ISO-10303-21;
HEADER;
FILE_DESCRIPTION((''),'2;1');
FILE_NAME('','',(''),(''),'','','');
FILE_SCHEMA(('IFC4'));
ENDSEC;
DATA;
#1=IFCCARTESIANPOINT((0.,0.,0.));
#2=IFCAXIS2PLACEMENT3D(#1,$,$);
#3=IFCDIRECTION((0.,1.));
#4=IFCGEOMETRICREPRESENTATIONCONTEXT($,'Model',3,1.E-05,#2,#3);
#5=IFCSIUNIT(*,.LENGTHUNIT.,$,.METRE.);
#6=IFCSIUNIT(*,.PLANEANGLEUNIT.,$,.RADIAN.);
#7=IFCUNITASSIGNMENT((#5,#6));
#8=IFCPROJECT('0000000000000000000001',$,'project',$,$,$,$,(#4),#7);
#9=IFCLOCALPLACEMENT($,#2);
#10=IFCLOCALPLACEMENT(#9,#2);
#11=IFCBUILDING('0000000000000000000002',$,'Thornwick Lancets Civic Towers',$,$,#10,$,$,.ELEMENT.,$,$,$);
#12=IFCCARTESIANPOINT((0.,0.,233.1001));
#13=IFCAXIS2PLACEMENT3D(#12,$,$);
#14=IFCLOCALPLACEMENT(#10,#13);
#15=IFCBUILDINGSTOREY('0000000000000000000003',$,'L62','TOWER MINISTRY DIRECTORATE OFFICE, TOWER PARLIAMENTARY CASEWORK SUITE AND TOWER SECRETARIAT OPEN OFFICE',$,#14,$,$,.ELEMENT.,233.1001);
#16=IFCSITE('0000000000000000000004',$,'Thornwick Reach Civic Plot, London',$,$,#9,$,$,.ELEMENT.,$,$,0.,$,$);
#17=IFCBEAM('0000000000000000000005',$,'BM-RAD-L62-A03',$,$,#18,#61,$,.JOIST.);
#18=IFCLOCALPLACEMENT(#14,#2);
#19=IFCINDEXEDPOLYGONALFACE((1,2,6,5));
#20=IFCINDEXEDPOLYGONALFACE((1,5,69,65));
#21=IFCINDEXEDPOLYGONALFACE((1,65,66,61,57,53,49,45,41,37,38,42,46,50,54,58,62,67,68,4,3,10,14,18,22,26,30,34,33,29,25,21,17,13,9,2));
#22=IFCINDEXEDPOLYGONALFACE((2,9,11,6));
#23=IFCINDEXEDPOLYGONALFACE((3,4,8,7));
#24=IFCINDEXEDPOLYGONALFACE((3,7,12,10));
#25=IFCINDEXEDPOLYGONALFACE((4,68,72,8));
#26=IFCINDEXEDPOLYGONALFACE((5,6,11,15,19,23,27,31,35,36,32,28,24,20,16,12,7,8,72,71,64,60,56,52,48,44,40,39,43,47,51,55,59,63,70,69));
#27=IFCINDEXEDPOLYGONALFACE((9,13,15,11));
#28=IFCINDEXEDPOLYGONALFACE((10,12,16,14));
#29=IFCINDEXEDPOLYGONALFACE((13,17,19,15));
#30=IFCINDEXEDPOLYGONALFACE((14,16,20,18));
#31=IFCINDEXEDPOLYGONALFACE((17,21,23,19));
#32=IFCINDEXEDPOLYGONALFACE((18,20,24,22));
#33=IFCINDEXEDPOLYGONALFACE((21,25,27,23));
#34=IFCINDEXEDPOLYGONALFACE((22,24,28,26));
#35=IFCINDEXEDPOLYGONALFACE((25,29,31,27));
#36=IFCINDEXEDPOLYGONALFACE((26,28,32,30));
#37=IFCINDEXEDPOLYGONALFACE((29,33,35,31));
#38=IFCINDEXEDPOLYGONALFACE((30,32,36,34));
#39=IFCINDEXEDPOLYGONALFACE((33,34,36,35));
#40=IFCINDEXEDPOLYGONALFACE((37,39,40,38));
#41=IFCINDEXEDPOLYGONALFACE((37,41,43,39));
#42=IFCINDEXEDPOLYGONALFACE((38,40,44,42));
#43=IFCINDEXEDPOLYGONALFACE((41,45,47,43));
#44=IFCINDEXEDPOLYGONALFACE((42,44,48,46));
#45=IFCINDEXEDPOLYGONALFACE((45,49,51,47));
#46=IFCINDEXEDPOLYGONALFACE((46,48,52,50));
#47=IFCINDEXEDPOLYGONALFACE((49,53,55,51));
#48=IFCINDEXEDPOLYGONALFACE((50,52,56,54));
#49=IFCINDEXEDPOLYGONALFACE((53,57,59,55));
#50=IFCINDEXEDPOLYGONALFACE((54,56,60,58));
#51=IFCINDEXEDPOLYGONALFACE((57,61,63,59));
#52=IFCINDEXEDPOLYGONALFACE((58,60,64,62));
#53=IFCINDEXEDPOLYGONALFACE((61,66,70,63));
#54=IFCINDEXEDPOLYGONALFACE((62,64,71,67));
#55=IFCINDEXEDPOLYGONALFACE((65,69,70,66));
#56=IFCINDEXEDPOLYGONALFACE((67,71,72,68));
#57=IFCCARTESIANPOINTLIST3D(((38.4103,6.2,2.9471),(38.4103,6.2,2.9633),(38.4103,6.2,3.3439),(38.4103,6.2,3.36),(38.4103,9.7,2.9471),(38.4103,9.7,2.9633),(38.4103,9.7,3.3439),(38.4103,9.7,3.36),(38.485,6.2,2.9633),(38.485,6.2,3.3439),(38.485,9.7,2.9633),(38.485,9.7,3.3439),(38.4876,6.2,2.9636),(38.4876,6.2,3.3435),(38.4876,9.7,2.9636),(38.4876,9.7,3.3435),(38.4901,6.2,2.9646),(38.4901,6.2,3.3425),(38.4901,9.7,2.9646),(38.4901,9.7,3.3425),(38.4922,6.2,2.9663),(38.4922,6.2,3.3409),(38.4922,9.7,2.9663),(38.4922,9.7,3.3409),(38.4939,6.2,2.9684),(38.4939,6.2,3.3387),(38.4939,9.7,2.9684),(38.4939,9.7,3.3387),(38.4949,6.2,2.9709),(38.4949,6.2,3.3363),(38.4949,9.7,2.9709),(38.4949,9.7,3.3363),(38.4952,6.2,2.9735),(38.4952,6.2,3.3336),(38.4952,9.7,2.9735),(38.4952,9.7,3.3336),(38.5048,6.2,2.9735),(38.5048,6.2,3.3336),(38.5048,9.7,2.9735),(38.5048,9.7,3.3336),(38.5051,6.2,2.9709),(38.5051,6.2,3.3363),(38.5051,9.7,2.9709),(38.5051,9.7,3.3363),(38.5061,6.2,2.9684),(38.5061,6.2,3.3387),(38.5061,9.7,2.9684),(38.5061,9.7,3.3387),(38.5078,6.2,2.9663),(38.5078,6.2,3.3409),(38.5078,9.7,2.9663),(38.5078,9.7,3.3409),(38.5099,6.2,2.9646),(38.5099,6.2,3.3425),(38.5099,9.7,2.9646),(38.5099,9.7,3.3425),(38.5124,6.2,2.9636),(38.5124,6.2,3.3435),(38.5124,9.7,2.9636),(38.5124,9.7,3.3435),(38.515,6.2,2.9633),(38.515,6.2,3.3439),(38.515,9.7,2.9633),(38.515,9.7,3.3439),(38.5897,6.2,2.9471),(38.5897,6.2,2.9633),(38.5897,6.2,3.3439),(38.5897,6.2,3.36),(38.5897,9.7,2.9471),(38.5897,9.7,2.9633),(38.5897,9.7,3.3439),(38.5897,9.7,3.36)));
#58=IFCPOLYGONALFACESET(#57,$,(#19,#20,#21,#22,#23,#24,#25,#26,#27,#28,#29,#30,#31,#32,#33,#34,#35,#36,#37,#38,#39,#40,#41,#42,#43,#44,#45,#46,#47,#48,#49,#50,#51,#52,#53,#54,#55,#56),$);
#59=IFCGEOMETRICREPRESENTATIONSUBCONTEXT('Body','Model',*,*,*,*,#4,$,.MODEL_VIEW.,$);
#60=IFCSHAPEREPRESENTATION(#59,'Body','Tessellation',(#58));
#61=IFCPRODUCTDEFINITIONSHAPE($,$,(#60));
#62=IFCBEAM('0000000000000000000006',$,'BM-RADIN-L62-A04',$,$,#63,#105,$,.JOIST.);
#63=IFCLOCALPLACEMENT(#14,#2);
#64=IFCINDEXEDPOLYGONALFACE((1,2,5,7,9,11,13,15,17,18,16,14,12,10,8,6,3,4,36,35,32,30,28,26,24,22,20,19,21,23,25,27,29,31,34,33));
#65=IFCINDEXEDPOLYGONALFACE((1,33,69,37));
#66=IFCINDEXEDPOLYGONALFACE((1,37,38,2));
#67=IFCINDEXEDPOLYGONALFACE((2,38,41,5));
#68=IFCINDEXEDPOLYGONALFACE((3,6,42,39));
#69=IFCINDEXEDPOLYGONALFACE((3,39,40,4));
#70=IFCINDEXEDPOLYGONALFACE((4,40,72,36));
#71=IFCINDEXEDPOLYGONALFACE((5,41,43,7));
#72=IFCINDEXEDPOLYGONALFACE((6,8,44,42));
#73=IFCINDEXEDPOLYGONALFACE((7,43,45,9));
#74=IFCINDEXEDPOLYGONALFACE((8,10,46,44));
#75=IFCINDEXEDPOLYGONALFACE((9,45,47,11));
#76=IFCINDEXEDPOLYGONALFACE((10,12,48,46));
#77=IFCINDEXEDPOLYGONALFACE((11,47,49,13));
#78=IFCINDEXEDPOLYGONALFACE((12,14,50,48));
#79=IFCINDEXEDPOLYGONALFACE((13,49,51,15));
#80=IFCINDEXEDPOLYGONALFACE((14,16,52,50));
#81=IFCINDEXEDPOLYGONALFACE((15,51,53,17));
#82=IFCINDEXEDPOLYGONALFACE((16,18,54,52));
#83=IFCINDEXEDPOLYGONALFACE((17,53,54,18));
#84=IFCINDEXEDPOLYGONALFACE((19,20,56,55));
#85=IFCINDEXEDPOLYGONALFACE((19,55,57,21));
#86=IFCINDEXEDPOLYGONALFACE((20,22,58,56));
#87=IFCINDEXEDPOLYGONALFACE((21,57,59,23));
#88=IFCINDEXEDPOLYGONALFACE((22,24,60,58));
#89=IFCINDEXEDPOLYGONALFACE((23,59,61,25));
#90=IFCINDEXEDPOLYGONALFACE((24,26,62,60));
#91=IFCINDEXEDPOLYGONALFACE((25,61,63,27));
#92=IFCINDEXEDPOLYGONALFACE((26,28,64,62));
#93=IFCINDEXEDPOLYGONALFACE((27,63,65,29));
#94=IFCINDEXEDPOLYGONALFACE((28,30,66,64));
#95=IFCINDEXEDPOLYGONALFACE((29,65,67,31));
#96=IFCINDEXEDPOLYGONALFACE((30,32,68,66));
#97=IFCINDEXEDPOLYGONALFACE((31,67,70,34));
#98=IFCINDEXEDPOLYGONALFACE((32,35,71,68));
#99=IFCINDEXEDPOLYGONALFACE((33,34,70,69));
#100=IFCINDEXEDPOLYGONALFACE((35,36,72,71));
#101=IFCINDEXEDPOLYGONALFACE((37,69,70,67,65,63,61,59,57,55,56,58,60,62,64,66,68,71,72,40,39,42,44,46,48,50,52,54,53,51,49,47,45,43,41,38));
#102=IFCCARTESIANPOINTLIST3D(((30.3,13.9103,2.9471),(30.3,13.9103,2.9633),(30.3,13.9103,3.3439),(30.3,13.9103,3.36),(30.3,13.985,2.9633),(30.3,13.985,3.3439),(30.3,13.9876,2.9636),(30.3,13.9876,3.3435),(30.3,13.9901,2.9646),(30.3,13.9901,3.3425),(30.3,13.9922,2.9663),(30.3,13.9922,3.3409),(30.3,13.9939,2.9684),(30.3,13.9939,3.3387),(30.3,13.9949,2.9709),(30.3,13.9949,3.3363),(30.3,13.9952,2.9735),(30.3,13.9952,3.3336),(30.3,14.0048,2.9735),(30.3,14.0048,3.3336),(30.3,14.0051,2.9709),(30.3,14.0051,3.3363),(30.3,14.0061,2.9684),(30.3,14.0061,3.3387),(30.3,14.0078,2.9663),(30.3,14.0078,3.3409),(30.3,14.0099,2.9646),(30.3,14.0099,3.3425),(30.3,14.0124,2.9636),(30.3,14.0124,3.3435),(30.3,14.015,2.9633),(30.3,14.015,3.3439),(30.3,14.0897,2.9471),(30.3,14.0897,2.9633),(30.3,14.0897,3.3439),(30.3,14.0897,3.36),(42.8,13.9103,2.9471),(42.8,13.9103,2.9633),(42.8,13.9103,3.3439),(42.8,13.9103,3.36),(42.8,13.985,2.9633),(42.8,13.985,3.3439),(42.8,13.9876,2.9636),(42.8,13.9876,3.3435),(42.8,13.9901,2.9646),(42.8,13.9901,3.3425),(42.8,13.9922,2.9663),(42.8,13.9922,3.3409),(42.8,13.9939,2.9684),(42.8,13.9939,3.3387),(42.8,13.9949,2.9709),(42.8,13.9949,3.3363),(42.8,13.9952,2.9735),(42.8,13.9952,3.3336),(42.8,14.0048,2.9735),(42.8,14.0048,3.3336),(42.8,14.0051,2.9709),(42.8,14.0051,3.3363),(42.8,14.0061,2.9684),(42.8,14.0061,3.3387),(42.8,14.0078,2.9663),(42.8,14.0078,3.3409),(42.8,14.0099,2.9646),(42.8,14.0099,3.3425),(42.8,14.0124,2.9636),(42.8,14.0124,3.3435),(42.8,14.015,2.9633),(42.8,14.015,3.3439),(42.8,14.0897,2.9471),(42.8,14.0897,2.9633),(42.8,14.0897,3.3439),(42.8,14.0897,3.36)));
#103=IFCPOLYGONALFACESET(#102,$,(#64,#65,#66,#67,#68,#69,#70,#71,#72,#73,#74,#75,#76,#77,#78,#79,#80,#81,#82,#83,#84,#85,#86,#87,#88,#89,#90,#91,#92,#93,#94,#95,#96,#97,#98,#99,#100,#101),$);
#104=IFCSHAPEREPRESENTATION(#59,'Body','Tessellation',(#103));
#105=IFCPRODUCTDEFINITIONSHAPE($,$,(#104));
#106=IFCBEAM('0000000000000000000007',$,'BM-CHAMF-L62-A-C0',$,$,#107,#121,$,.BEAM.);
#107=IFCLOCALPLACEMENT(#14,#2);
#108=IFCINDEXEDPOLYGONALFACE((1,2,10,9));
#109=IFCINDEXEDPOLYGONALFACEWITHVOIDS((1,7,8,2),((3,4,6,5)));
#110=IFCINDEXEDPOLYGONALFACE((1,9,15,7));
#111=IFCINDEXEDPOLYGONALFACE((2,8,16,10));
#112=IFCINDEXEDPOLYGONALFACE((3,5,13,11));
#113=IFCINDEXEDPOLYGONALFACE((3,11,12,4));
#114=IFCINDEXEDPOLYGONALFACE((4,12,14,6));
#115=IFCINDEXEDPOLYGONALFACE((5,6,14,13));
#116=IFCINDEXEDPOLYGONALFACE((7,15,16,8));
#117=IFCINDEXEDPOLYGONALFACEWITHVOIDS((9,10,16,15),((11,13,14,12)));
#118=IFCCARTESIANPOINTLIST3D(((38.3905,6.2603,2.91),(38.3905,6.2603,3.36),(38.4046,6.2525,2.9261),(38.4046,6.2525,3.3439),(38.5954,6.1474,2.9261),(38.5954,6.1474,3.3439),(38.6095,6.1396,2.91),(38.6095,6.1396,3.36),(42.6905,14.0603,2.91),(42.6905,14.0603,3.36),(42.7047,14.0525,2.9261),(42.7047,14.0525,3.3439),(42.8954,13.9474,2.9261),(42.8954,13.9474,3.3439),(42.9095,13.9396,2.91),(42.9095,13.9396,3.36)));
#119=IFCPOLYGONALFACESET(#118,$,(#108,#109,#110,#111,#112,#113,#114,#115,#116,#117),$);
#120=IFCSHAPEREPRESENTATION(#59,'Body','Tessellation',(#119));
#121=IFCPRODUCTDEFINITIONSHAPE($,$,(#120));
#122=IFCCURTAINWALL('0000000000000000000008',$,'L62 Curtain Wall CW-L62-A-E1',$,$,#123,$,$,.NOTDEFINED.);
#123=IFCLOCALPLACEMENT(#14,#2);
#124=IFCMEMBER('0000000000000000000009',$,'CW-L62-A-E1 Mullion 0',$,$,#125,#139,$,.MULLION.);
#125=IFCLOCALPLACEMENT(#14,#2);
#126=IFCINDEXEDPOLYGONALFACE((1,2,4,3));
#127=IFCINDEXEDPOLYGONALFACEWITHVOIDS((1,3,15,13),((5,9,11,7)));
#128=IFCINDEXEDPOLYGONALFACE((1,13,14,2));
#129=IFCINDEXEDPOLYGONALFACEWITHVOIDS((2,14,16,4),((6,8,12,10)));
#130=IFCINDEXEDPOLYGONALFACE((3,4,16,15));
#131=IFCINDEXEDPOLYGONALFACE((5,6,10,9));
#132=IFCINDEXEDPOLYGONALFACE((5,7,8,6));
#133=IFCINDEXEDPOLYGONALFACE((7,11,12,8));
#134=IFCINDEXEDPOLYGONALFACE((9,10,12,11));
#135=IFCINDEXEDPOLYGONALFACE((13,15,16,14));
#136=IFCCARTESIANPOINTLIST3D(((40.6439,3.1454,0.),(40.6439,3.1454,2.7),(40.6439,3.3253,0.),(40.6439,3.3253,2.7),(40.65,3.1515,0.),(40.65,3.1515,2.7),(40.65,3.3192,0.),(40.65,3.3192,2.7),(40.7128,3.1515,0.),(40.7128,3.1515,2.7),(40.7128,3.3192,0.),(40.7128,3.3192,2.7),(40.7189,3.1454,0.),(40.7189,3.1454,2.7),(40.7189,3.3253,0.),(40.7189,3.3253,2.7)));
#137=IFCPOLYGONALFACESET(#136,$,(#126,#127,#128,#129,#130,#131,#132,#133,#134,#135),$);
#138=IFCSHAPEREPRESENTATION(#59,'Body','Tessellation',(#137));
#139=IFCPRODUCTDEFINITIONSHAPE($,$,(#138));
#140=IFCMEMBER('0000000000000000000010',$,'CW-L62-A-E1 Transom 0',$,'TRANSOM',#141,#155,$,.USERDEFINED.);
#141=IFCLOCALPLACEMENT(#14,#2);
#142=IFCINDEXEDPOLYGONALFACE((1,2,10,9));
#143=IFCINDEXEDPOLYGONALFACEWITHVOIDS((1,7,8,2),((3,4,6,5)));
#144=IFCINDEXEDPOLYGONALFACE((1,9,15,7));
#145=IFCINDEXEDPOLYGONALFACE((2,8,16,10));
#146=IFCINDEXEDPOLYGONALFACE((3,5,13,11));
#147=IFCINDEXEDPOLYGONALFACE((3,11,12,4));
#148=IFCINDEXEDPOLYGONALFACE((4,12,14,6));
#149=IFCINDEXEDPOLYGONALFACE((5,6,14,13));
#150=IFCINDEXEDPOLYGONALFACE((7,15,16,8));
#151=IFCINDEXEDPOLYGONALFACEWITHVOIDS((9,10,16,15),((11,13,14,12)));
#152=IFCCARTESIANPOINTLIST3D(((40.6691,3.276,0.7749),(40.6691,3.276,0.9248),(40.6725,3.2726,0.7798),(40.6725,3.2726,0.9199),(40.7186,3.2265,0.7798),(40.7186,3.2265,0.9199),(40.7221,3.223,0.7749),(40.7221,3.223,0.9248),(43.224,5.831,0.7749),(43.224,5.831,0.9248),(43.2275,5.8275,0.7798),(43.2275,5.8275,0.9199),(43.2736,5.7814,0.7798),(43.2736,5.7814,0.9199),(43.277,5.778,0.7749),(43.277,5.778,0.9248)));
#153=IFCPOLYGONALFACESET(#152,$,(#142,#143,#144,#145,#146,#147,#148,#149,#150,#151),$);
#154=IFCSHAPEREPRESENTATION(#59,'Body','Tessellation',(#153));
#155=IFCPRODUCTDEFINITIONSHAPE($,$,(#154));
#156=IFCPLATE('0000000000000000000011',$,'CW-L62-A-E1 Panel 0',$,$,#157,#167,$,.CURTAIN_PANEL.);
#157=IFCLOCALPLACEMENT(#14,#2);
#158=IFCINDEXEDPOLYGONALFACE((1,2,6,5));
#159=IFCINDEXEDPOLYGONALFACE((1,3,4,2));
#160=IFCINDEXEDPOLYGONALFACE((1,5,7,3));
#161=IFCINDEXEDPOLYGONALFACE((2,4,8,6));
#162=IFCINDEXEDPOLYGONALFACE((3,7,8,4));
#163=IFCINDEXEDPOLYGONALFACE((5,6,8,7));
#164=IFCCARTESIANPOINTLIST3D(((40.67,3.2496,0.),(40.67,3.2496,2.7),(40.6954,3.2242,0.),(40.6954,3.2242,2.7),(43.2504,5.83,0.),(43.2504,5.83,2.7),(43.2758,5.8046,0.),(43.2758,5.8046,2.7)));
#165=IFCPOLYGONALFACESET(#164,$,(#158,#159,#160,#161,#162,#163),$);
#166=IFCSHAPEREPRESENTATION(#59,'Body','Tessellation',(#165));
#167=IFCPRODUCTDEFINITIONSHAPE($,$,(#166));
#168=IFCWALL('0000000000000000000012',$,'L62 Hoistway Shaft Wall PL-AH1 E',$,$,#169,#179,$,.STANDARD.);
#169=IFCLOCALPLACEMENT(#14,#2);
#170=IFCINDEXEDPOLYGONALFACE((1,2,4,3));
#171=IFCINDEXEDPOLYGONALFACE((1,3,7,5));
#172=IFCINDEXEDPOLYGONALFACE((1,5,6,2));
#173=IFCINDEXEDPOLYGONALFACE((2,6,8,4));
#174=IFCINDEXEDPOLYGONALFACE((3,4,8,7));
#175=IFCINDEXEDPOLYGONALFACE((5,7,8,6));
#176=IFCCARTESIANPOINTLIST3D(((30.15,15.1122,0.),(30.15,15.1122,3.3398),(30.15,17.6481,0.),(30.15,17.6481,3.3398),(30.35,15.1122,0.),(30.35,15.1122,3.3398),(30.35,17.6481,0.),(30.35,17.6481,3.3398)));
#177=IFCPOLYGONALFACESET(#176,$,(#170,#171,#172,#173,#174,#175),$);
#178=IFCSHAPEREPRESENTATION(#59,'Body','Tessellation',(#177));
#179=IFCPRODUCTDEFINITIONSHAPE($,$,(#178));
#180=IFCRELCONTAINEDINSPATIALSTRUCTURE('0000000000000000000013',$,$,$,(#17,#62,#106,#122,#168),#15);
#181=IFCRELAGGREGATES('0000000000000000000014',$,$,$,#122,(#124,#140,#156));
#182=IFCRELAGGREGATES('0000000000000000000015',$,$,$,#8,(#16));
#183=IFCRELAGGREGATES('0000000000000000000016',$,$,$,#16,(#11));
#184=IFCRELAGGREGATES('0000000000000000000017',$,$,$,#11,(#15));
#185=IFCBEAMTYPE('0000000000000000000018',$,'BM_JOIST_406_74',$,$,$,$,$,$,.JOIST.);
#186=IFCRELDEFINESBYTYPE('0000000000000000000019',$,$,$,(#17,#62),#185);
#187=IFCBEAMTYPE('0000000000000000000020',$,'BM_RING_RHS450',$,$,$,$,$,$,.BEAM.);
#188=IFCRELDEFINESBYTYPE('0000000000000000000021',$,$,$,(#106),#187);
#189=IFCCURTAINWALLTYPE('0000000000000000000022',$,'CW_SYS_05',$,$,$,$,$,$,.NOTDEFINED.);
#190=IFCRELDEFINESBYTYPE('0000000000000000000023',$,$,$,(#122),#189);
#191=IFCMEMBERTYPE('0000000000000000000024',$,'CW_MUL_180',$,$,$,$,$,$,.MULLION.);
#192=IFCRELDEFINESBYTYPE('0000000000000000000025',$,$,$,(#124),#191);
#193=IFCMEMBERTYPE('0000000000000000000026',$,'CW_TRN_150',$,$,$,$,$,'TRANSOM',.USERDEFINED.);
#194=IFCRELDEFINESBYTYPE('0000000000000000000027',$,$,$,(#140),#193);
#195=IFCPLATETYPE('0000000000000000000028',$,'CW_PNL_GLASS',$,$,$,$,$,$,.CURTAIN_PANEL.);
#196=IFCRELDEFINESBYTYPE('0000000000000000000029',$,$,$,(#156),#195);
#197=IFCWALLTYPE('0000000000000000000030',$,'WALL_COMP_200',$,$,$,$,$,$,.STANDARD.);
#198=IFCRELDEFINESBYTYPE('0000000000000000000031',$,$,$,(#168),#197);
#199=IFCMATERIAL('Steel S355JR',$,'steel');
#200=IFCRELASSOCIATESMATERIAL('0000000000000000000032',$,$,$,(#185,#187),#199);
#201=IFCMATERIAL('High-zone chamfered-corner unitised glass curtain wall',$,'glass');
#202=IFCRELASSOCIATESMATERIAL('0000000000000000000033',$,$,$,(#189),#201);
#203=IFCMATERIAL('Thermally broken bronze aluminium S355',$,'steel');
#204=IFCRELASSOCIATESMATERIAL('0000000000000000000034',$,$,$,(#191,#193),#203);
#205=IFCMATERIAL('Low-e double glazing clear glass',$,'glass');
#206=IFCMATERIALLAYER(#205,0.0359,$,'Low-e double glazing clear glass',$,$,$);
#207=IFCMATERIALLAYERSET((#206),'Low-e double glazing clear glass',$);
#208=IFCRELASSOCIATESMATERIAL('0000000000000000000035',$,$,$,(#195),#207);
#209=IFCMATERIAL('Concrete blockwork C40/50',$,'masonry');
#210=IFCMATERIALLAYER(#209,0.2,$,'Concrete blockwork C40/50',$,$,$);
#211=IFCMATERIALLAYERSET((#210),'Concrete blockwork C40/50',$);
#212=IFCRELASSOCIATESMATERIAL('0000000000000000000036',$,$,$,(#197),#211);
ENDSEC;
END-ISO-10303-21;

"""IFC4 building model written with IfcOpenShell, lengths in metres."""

from ifc_helpers import new_model, si_unit, direction, frame, frame_2d, origin, origin_2d, place, context, subcontext, project, spatial, rectangle, hollow_rectangle, i_section, extrude, material, layer, layer_set, material_profile, profile_set, type_object, element, aggregate, save


model = new_model("IFC4")

# Units and contexts
model_context = context("Model", 3, precision=1e-05, world=origin(), true_north=direction((0.0, 1.0)))
body_context = subcontext(model_context, "Body", "Model", "MODEL_VIEW")
ifc_project = project(units=[si_unit("LENGTHUNIT", "METRE"), si_unit("PLANEANGLEUNIT", "RADIAN")], contexts=[model_context])

# Site, building, storey
site_placement = place(None, origin())
site = spatial("IfcSite", under=ifc_project, at=site_placement, Name="Thornwick Reach Civic Plot, London", CompositionType="ELEMENT", RefElevation=0.0)
building_placement = place(site_placement, origin())
building = spatial("IfcBuilding", under=site, at=building_placement, Name="Thornwick Lancets Civic Towers", CompositionType="ELEMENT")
storey_placement = place(building_placement, frame((0.0, 0.0, 233.1001)))
storey = spatial("IfcBuildingStorey", under=building, at=storey_placement, Name="L62", Description="TOWER MINISTRY DIRECTORATE OFFICE, TOWER PARLIAMENTARY CASEWORK SUITE AND TOWER SECRETARIAT OPEN OFFICE", CompositionType="ELEMENT", Elevation=233.1001)

# Shared definitions
ifc_material_1 = material(Name="Steel S355JR", Category="steel")

# Beams
ifc_material_profile_1 = material_profile(ifc_material_1, i_section(OverallWidth=0.1794, OverallDepth=0.4128, WebThickness=0.0095, FlangeThickness=0.0161, FilletRadius=0.0103, at=origin_2d()), Name="UKB 406x178x74")
ifc_profile_set_1 = profile_set([ifc_material_profile_1], Name="Steel S355JR")
beam_type_1 = type_object("IfcBeamType", Name="BM_JOIST_406_74", PredefinedType="JOIST", material=ifc_profile_set_1)
beam_1_placement = place(storey_placement, frame((38.5, 9.7, 3.1536), z_axis=(0.0, -1.0, 0.0), x_axis=(1.0, 0.0, 0.0)))
element("IfcBeam", 1, at=beam_1_placement, inside=storey, type_object=beam_type_1, Name="BM-RAD-L62-A03", PredefinedType="JOIST", context=body_context, shape_type="SweptSolid", body=[
    extrude(i_section(OverallWidth=0.1794, OverallDepth=0.4128, WebThickness=0.0095, FlangeThickness=0.0161, FilletRadius=0.0103, at=origin_2d()), origin(), (0.0, 0.0, 1.0), 3.5),
])
beam_2_placement = place(storey_placement, frame((30.3, 14.0, 3.1536), z_axis=(1.0, 0.0, 0.0), x_axis=(0.0, 1.0, 0.0)))
element("IfcBeam", 2, at=beam_2_placement, inside=storey, type_object=beam_type_1, Name="BM-RADIN-L62-A04", PredefinedType="JOIST", context=body_context, shape_type="SweptSolid", body=[
    extrude(i_section(OverallWidth=0.1794, OverallDepth=0.4128, WebThickness=0.0095, FlangeThickness=0.0161, FilletRadius=0.0103, at=origin_2d()), origin(), (0.0, 0.0, 1.0), 12.5),
])
ifc_material_profile_2 = material_profile(ifc_material_1, hollow_rectangle(XDim=0.25, YDim=0.45, WallThickness=0.0161, at=origin_2d()), Name="RHS 450x250x16")
ifc_profile_set_2 = profile_set([ifc_material_profile_2], Name="Steel S355JR")
beam_type_2 = type_object("IfcBeamType", Name="BM_RING_RHS450", PredefinedType="BEAM", material=ifc_profile_set_2)
beam_3_placement = place(storey_placement, frame((38.5, 6.2, 3.135), z_axis=(0.482782, 0.87574, 0.0), x_axis=(-0.87574, 0.482782, 0.0)))
element("IfcBeam", 3, at=beam_3_placement, inside=storey, type_object=beam_type_2, Name="BM-CHAMF-L62-A-C0", PredefinedType="BEAM", context=body_context, shape_type="SweptSolid", body=[
    extrude(hollow_rectangle(XDim=0.25, YDim=0.45, WallThickness=0.0161, at=origin_2d()), origin(), (0.0, 0.0, 1.0), 8.9067),
])

# Curtain wall, members, plate
ifc_material_2 = material(Name="High-zone chamfered-corner unitised glass curtain wall", Category="glass")
curtain_wall_type = type_object("IfcCurtainWallType", Name="CW_SYS_05", PredefinedType="NOTDEFINED", material=ifc_material_2)
curtain_wall_placement = place(storey_placement, origin())
curtain_wall = element("IfcCurtainWall", 4, at=curtain_wall_placement, inside=storey, type_object=curtain_wall_type, Name="L62 Curtain Wall CW-L62-A-E1", PredefinedType="NOTDEFINED")
ifc_material_3 = material(Name="Thermally broken bronze aluminium S355", Category="steel")
ifc_material_profile_3 = material_profile(ifc_material_3, hollow_rectangle(XDim=0.075, YDim=0.1799, WallThickness=0.0061, at=origin_2d()), Name="RHS 180x75x6")
ifc_profile_set_3 = profile_set([ifc_material_profile_3], Name="Thermally broken bronze aluminium S355")
member_type_1 = type_object("IfcMemberType", Name="CW_MUL_180", PredefinedType="MULLION", material=ifc_profile_set_3)
member_1_placement = place(storey_placement, frame((40.6814, 3.2354, 0.0), z_axis=(0.0, 0.0, 1.0), x_axis=(1.0, 0.0, 0.0)))
member_1 = element("IfcMember", 5, at=member_1_placement, type_object=member_type_1, Name="CW-L62-A-E1 Mullion 0", PredefinedType="MULLION", context=body_context, shape_type="SweptSolid", body=[
    extrude(hollow_rectangle(XDim=0.075, YDim=0.1799, WallThickness=0.0061, at=origin_2d()), origin(), (0.0, 0.0, 1.0), 2.7),
])
ifc_material_profile_4 = material_profile(ifc_material_3, hollow_rectangle(XDim=0.075, YDim=0.1499, WallThickness=0.0049, at=origin_2d()), Name="RHS 150x75x5")
ifc_profile_set_4 = profile_set([ifc_material_profile_4], Name="Thermally broken bronze aluminium S355")
member_type_2 = type_object("IfcMemberType", Name="CW_TRN_150", ElementType="TRANSOM", PredefinedType="USERDEFINED", material=ifc_profile_set_4)
member_2_placement = place(storey_placement, frame((40.6956, 3.2495, 0.8499), z_axis=(0.707107, 0.707107, 0.0), x_axis=(-0.707107, 0.707107, 0.0)))
member_2 = element("IfcMember", 6, at=member_2_placement, type_object=member_type_2, Name="CW-L62-A-E1 Transom 0", ObjectType="TRANSOM", PredefinedType="USERDEFINED", context=body_context, shape_type="SweptSolid", body=[
    extrude(hollow_rectangle(XDim=0.075, YDim=0.1499, WallThickness=0.0049, at=origin_2d()), origin(), (0.0, 0.0, 1.0), 3.6133),
])
ifc_material_4 = material(Name="Low-e double glazing clear glass", Category="glass")
ifc_layer_1 = layer(ifc_material_4, 0.0359, Name="Low-e double glazing clear glass")
ifc_layer_set_1 = layer_set([ifc_layer_1], Name="Low-e double glazing clear glass")
plate_type = type_object("IfcPlateType", Name="CW_PNL_GLASS", PredefinedType="CURTAIN_PANEL", material=ifc_layer_set_1)
plate_placement = place(storey_placement, frame((41.9729, 4.5271, 0.0), z_axis=(0.0, 0.0, 1.0), x_axis=(0.707107, 0.707107, 0.0)))
plate = element("IfcPlate", 7, at=plate_placement, type_object=plate_type, Name="CW-L62-A-E1 Panel 0", PredefinedType="CURTAIN_PANEL", context=body_context, shape_type="SweptSolid", body=[
    extrude(rectangle(XDim=3.6492, YDim=0.0359, at=origin_2d()), origin(), (0.0, 0.0, 1.0), 2.7),
])
aggregate(curtain_wall, [member_1, member_2, plate])

# Wall
ifc_material_5 = material(Name="Concrete blockwork C40/50", Category="masonry")
ifc_layer_2 = layer(ifc_material_5, 0.2, Name="Concrete blockwork C40/50")
ifc_layer_set_2 = layer_set([ifc_layer_2], Name="Concrete blockwork C40/50")
wall_type_1 = type_object("IfcWallType", Name="WALL_COMP_200", PredefinedType="STANDARD", material=ifc_layer_set_2)
wall_1_placement = place(storey_placement, frame((30.25, 15.1121, 0.0), z_axis=(0.0, 0.0, 1.0), x_axis=(0.0, 1.0, 0.0)))
element("IfcWall", 8, at=wall_1_placement, inside=storey, type_object=wall_type_1, Name="L62 Hoistway Shaft Wall PL-AH1 E", PredefinedType="STANDARD", context=body_context, shape_type="SweptSolid", body=[
    extrude(rectangle(XDim=2.5359, YDim=0.2, at=frame_2d((1.2681, 0.0))), origin(), (0.0, 0.0, 1.0), 3.3398),
])

save(model, "model.ifc")
